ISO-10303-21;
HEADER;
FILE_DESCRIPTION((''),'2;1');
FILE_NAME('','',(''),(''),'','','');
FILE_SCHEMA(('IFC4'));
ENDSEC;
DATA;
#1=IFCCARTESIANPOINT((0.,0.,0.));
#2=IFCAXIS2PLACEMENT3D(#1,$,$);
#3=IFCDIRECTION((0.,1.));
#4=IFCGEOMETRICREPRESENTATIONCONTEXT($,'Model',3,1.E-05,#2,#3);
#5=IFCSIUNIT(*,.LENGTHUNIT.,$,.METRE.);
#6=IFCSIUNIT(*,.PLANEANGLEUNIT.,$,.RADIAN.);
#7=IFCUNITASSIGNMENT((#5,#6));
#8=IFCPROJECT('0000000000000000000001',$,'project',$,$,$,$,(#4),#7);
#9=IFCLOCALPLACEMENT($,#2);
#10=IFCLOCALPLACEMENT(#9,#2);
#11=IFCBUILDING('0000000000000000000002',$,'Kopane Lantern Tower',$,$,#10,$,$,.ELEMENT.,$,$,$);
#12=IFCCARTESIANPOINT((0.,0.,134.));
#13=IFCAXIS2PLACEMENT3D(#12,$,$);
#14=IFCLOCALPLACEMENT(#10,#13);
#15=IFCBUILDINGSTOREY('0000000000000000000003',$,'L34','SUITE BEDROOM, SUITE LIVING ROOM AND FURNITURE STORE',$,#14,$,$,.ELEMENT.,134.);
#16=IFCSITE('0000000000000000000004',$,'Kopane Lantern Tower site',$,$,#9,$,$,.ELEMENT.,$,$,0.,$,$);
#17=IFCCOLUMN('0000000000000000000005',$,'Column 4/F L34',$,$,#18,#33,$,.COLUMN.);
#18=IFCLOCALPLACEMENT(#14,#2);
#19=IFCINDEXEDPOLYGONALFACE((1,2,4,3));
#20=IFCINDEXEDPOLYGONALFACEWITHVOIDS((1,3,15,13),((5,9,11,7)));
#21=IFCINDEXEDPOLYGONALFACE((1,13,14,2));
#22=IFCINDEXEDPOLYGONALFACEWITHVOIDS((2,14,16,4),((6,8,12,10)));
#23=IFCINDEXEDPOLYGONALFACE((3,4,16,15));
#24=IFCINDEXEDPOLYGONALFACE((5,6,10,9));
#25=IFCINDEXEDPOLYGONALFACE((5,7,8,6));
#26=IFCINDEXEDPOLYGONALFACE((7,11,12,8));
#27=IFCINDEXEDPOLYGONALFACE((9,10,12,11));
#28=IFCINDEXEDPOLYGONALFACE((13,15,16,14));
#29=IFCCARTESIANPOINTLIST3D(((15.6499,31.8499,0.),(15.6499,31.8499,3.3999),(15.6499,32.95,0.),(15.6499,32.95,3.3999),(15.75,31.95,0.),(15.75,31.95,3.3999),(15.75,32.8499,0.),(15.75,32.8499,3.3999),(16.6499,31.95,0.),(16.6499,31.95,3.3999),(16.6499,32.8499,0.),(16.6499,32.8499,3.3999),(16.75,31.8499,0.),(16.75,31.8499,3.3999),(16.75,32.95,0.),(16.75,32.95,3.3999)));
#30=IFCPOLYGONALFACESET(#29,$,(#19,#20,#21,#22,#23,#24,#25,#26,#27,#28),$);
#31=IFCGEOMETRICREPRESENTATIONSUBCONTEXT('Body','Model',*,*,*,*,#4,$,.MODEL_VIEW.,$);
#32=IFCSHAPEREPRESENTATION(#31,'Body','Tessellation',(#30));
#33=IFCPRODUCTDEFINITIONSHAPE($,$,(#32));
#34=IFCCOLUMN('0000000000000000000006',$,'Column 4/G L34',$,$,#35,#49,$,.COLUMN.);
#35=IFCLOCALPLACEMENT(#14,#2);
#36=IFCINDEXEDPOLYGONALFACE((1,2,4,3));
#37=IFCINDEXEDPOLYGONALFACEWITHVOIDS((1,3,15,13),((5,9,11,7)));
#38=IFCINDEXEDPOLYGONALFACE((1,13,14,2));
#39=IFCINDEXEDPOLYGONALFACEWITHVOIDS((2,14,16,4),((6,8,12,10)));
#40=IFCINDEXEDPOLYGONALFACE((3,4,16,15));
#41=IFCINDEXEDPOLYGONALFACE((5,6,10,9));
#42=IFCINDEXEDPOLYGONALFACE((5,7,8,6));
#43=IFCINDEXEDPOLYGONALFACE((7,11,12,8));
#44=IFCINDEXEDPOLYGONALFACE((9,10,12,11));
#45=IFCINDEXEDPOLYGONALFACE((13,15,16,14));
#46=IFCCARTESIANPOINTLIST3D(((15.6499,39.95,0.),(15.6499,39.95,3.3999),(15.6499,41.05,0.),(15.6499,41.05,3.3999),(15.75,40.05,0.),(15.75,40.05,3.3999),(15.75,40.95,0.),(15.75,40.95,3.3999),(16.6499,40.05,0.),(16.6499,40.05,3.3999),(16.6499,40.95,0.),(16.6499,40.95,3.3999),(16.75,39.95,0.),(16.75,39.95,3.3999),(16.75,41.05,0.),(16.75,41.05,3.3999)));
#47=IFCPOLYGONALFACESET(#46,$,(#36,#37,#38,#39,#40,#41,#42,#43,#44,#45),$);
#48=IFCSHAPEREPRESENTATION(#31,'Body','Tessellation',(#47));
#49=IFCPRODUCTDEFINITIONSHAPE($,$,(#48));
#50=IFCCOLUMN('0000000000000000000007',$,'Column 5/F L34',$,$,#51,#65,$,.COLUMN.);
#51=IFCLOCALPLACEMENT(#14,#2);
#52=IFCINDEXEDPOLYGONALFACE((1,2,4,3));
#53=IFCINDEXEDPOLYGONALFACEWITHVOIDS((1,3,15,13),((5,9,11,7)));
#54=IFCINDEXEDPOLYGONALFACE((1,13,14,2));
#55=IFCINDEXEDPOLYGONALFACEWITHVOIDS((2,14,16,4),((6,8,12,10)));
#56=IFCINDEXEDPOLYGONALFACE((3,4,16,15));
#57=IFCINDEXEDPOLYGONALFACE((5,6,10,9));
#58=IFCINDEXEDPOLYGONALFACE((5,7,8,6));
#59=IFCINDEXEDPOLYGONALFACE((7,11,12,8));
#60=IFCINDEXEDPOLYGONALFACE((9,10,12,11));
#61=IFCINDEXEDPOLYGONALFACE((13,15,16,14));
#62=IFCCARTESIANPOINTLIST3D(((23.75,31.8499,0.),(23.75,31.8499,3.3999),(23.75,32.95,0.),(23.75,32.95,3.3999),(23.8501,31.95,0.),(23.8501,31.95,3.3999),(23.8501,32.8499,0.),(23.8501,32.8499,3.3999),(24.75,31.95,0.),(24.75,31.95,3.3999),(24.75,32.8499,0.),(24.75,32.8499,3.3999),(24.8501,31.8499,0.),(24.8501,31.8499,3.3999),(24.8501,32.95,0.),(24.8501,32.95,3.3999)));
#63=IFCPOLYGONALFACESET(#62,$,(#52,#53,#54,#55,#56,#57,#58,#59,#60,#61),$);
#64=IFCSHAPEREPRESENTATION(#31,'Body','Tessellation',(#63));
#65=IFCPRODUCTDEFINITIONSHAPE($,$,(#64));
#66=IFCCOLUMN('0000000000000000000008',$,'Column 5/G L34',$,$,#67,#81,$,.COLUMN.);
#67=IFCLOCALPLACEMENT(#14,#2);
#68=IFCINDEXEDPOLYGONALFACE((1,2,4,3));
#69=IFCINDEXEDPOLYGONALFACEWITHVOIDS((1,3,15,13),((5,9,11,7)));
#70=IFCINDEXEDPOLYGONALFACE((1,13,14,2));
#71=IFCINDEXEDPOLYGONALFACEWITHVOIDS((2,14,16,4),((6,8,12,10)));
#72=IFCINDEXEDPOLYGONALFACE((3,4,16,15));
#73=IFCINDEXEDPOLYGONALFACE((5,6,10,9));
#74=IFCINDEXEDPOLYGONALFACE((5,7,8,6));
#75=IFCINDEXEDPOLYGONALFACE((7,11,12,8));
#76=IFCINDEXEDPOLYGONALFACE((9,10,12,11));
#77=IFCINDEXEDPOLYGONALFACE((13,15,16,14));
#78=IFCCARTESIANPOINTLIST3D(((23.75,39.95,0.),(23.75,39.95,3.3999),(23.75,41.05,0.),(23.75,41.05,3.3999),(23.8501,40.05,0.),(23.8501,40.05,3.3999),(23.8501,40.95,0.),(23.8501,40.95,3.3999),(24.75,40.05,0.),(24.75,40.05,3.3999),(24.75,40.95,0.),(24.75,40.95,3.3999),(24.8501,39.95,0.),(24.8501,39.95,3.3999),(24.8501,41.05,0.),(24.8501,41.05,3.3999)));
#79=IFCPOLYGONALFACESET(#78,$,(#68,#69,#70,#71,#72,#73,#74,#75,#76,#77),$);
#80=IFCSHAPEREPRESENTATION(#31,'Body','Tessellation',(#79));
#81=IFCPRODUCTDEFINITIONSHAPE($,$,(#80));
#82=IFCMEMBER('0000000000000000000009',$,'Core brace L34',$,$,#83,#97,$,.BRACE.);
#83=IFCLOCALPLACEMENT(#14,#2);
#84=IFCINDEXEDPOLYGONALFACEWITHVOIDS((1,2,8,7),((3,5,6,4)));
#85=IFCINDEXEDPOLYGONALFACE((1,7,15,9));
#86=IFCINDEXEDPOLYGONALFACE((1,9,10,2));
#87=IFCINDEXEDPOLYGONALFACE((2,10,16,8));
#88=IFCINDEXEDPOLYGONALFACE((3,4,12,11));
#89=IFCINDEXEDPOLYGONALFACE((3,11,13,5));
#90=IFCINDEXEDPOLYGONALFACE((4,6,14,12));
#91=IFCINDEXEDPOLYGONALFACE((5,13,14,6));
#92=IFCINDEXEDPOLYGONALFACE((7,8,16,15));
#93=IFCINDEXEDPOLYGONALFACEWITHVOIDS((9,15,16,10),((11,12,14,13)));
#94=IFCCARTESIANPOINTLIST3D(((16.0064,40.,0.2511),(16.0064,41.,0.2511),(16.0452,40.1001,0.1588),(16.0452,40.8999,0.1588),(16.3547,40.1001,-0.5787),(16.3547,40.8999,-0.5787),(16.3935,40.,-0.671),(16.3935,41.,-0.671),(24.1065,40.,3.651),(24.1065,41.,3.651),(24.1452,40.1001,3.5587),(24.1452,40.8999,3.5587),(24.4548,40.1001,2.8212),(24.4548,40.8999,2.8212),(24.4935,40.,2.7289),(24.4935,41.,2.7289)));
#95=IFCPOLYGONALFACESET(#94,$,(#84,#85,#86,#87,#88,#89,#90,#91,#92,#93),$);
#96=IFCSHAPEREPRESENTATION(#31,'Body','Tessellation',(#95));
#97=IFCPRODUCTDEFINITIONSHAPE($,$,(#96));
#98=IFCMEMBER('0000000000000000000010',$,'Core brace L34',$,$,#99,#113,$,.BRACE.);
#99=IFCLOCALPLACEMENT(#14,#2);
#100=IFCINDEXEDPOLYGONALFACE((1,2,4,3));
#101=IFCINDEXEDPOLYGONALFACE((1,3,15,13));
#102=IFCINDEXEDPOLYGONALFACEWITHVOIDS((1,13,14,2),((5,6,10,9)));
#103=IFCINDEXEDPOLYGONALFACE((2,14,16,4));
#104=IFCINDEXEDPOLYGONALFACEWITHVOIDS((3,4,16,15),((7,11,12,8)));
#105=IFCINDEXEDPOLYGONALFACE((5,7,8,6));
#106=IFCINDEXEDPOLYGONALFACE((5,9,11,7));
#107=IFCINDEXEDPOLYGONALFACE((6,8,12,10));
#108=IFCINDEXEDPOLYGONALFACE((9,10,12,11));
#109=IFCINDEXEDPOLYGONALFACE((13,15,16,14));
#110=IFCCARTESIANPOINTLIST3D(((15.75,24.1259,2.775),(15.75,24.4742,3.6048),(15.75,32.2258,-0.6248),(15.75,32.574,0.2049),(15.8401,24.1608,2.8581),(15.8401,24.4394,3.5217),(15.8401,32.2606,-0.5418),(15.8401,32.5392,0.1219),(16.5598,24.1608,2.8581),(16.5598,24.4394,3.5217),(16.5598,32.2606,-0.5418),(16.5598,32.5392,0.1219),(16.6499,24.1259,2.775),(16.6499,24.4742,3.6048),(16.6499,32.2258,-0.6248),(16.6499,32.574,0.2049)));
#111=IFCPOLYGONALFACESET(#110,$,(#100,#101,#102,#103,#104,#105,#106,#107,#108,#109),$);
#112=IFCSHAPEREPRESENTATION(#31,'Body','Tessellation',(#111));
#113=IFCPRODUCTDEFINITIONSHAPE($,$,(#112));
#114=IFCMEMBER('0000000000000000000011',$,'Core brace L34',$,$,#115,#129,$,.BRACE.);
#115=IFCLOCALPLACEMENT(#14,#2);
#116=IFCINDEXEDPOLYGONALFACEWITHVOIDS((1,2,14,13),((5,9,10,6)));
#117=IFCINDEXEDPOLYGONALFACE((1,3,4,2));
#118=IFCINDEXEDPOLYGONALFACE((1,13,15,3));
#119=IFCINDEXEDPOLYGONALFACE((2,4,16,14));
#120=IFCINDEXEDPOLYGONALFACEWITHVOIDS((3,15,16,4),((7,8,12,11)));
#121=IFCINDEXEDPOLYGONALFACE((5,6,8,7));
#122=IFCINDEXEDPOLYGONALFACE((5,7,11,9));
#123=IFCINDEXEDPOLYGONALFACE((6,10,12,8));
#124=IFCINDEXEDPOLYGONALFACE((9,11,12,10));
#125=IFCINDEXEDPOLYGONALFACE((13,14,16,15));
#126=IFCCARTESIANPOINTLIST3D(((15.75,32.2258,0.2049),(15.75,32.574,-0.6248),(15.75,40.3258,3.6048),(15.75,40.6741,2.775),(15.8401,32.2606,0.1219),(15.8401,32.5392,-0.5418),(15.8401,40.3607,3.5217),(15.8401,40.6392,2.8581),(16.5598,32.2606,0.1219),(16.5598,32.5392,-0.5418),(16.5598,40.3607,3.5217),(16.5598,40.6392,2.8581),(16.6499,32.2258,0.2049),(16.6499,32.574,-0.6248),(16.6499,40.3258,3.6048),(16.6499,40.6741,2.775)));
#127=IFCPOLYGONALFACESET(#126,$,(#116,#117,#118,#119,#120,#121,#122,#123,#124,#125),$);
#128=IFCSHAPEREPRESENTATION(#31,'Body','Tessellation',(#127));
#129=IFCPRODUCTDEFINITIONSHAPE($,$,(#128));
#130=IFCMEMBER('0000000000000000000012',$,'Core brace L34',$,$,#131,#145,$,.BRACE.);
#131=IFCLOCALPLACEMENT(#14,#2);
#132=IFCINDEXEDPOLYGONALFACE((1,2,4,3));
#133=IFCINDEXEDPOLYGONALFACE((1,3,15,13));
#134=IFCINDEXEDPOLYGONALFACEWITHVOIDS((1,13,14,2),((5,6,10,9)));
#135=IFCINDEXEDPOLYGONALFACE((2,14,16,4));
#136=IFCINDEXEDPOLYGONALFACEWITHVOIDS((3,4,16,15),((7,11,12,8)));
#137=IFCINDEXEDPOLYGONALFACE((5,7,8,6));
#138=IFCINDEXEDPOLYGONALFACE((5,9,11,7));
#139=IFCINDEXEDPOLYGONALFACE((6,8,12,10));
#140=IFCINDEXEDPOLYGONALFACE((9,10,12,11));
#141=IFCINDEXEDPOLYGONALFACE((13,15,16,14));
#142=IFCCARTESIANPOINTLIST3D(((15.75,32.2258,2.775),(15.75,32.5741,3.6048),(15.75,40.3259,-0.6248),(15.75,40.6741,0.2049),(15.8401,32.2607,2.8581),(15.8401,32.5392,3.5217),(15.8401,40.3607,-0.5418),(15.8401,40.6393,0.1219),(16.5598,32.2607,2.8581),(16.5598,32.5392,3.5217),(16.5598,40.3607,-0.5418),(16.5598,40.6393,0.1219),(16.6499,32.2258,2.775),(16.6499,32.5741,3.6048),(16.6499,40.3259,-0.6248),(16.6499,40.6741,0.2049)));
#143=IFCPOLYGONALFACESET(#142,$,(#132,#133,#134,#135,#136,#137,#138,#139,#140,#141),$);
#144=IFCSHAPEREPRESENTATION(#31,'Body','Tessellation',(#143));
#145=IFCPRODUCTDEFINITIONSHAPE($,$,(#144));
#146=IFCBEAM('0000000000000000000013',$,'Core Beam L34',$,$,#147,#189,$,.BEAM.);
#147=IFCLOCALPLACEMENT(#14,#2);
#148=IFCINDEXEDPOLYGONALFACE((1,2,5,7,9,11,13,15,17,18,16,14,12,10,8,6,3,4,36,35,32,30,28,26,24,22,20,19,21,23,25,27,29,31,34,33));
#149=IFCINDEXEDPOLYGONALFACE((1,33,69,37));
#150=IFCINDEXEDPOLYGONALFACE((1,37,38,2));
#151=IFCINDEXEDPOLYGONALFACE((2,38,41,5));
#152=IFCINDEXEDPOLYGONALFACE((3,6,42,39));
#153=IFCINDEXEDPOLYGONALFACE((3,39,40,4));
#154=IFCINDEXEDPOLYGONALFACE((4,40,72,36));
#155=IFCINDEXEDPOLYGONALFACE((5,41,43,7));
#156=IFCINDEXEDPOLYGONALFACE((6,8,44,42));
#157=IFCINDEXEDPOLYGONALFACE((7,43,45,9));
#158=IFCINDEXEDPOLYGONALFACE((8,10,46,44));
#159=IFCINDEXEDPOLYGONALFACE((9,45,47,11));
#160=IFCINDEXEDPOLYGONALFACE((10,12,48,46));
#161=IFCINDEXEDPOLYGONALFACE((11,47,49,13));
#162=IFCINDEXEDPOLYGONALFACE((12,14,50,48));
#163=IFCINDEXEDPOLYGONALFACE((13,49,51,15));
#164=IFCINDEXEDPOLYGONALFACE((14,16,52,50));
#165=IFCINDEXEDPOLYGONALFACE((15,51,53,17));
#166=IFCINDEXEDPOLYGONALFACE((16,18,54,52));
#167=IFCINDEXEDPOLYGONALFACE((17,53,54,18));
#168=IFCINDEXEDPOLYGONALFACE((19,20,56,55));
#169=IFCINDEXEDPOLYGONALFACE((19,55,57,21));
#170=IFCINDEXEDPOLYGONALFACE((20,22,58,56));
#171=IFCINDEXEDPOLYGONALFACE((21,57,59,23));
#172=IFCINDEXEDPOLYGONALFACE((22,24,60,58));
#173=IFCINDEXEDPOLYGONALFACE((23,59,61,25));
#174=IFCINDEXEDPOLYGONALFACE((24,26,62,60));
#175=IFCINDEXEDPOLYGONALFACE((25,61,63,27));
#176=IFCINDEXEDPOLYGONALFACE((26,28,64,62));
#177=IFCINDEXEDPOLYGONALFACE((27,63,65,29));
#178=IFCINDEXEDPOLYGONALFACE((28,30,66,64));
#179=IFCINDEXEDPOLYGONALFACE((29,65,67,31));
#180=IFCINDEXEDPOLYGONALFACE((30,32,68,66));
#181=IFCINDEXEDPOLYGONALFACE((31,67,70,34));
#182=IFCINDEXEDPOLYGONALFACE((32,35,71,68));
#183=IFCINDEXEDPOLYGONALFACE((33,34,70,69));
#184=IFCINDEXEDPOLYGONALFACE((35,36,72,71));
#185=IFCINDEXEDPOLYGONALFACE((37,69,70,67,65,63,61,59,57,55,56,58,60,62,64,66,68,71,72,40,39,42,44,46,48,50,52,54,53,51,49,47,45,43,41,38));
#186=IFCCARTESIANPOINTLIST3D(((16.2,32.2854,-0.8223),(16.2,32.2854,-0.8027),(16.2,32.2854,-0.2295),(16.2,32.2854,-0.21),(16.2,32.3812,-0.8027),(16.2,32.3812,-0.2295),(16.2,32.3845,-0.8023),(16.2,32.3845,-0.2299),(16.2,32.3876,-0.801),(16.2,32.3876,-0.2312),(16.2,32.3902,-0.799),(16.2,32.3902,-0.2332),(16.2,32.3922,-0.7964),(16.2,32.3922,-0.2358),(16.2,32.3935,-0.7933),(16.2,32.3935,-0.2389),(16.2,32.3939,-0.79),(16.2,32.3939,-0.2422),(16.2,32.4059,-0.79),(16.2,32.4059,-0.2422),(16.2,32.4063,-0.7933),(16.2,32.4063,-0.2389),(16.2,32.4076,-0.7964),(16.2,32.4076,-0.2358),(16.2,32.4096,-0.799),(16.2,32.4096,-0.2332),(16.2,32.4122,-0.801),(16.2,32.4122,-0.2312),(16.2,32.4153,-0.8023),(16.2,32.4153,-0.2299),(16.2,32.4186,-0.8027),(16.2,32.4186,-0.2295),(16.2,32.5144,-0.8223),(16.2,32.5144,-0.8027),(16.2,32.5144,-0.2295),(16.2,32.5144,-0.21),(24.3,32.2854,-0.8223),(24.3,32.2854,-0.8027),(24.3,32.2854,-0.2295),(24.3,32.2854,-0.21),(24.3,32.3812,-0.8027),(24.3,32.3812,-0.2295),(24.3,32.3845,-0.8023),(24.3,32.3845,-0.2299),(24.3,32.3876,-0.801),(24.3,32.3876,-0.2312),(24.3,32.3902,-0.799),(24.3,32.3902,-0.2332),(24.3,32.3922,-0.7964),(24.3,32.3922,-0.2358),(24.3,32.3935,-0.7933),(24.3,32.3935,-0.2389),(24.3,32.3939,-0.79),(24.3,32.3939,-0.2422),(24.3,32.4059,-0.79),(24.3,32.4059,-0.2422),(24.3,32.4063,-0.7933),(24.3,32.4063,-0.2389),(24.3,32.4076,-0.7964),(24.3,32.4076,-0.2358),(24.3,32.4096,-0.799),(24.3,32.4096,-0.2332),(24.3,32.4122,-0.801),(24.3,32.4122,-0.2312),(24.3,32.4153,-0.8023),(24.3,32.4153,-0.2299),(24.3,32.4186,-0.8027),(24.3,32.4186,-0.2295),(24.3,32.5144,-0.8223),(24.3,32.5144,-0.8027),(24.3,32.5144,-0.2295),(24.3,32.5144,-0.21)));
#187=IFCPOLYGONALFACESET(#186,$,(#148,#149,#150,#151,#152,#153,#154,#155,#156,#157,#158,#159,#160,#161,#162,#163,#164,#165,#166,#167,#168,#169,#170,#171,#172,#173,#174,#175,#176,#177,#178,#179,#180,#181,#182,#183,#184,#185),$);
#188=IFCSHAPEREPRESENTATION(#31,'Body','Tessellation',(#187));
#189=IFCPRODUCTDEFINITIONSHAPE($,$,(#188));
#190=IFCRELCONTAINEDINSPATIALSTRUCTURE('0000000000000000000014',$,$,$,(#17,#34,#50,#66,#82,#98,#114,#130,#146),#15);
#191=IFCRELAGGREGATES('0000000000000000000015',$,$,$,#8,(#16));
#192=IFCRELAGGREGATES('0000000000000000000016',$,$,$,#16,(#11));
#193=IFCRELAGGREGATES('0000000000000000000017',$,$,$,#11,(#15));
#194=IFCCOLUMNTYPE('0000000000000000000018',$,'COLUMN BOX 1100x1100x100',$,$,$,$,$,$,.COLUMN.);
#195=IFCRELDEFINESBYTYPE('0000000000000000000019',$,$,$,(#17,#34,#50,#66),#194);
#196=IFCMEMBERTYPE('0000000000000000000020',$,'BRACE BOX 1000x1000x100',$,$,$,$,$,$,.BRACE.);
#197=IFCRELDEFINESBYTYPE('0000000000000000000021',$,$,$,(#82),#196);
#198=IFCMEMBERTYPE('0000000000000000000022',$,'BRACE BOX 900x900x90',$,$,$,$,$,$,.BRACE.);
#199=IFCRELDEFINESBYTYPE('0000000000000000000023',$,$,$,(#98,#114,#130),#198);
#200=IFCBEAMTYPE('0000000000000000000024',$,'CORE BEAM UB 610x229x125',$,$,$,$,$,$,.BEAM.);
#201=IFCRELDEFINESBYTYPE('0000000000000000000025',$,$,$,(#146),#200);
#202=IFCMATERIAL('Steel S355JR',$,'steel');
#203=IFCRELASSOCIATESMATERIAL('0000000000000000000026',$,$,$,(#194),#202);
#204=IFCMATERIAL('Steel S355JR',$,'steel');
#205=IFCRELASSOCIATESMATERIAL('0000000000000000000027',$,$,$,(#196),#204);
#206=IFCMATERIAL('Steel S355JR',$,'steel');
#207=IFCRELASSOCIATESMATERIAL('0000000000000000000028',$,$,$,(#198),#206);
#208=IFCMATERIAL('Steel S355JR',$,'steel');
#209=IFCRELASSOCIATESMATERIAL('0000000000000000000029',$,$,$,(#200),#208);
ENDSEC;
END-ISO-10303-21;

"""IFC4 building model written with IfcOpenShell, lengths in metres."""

from ifc_helpers import new_model, si_unit, direction, frame, origin, origin_2d, place, context, subcontext, project, spatial, hollow_rectangle, i_section, extrude, material, material_profile, profile_set, type_object, element, save


model = new_model("IFC4")

# Units and contexts
model_context = context("Model", 3, precision=1e-05, world=origin(), true_north=direction((0.0, 1.0)))
body_context = subcontext(model_context, "Body", "Model", "MODEL_VIEW")
ifc_project = project(units=[si_unit("LENGTHUNIT", "METRE"), si_unit("PLANEANGLEUNIT", "RADIAN")], contexts=[model_context])

# Site, building, storey
site_placement = place(None, origin())
site = spatial("IfcSite", under=ifc_project, at=site_placement, Name="Kopane Lantern Tower site", CompositionType="ELEMENT", RefElevation=0.0)
building_placement = place(site_placement, origin())
building = spatial("IfcBuilding", under=site, at=building_placement, Name="Kopane Lantern Tower", CompositionType="ELEMENT")
storey_placement = place(building_placement, frame((0.0, 0.0, 134.0)))
storey = spatial("IfcBuildingStorey", under=building, at=storey_placement, Name="L34", Description="SUITE BEDROOM, SUITE LIVING ROOM AND FURNITURE STORE", CompositionType="ELEMENT", Elevation=134.0)

# Columns
ifc_material_1 = material(Name="Steel S355JR", Category="steel")
ifc_material_profile_1 = material_profile(ifc_material_1, hollow_rectangle(XDim=1.1001, YDim=1.1001, WallThickness=0.1001, at=origin_2d()), Name="BOX 1100x1100x100")
ifc_profile_set_1 = profile_set([ifc_material_profile_1], Name="Steel S355JR")
column_type = type_object("IfcColumnType", Name="COLUMN BOX 1100x1100x100", PredefinedType="COLUMN", material=ifc_profile_set_1)
for number, where, z_axis, x_axis, name in (
    (1, (16.2, 32.3999, 0.0), (0.0, 0.0, 1.0), (1.0, 0.0, 0.0), "Column 4/F L34"),
    (2, (16.2, 40.5, 0.0), (0.0, 0.0, 1.0), (1.0, 0.0, 0.0), "Column 4/G L34"),
    (3, (24.3, 32.3999, 0.0), (0.0, 0.0, 1.0), (1.0, 0.0, 0.0), "Column 5/F L34"),
    (4, (24.3, 40.5, 0.0), (0.0, 0.0, 1.0), (1.0, 0.0, 0.0), "Column 5/G L34"),
):
    element("IfcColumn", number, at=place(storey_placement, frame(where, z_axis=z_axis, x_axis=x_axis)), inside=storey, type_object=column_type, Name=name, PredefinedType="COLUMN", context=body_context, shape_type="SweptSolid", body=[
        extrude(hollow_rectangle(XDim=1.1001, YDim=1.1001, WallThickness=0.1001, at=origin_2d()), origin(), (0.0, 0.0, 1.0), 3.3999),
    ])

# Members
ifc_material_2 = material(Name="Steel S355JR", Category="steel")
ifc_material_profile_2 = material_profile(ifc_material_2, hollow_rectangle(XDim=1.0, YDim=1.0, WallThickness=0.1001, at=origin_2d()), Name="BOX 1000x1000x100")
ifc_profile_set_2 = profile_set([ifc_material_profile_2], Name="Steel S355JR")
member_type_1 = type_object("IfcMemberType", Name="BRACE BOX 1000x1000x100", PredefinedType="BRACE", material=ifc_profile_set_2)
member_1_placement = place(storey_placement, frame((16.2, 40.5, -0.21), z_axis=(0.922069, 0.0, 0.387026), x_axis=(0.0, 1.0, 0.0)))
element("IfcMember", 5, at=member_1_placement, inside=storey, type_object=member_type_1, Name="Core brace L34", PredefinedType="BRACE", context=body_context, shape_type="SweptSolid", body=[
    extrude(hollow_rectangle(XDim=1.0, YDim=1.0, WallThickness=0.1001, at=origin_2d()), origin(), (0.0, 0.0, 1.0), 8.7847),
])
ifc_material_3 = material(Name="Steel S355JR", Category="steel")
ifc_material_profile_3 = material_profile(ifc_material_3, hollow_rectangle(XDim=0.8999, YDim=0.8999, WallThickness=0.0901, at=origin_2d()), Name="BOX 900x900x90")
ifc_profile_set_3 = profile_set([ifc_material_profile_3], Name="Steel S355JR")
member_type_2 = type_object("IfcMemberType", Name="BRACE BOX 900x900x90", PredefinedType="BRACE", material=ifc_profile_set_3)
member_2_placement = place(storey_placement, frame((16.2, 32.3999, -0.21), z_axis=(0.0, -0.922065, 0.387035), x_axis=(1.0, 0.0, 0.0)))
element("IfcMember", 6, at=member_2_placement, inside=storey, type_object=member_type_2, Name="Core brace L34", PredefinedType="BRACE", context=body_context, shape_type="SweptSolid", body=[
    extrude(hollow_rectangle(XDim=0.8999, YDim=0.8999, WallThickness=0.0901, at=origin_2d()), origin(), (0.0, 0.0, 1.0), 8.7844),
])
for number, where, z_axis, x_axis, name in (
    (7, (16.2, 32.3999, -0.21), (0.0, 0.922069, 0.387026), (-1.0, 0.0, 0.0), "Core brace L34"),
    (8, (16.2, 40.5, -0.21), (0.0, -0.922069, 0.387026), (1.0, 0.0, 0.0), "Core brace L34"),
):
    element("IfcMember", number, at=place(storey_placement, frame(where, z_axis=z_axis, x_axis=x_axis)), inside=storey, type_object=member_type_2, Name=name, PredefinedType="BRACE", context=body_context, shape_type="SweptSolid", body=[
        extrude(hollow_rectangle(XDim=0.8999, YDim=0.8999, WallThickness=0.0901, at=origin_2d()), origin(), (0.0, 0.0, 1.0), 8.7847),
    ])

# Beam
ifc_material_4 = material(Name="Steel S355JR", Category="steel")
ifc_material_profile_4 = material_profile(ifc_material_4, i_section(OverallWidth=0.229, OverallDepth=0.6123, WebThickness=0.012, FlangeThickness=0.0195, FilletRadius=0.0127, at=origin_2d()), Name="UB 610x229x125")
ifc_profile_set_4 = profile_set([ifc_material_profile_4], Name="Steel S355JR")
beam_type_1 = type_object("IfcBeamType", Name="CORE BEAM UB 610x229x125", PredefinedType="BEAM", material=ifc_profile_set_4)
for number, where, z_axis, x_axis, name in (
    (9, (16.2, 32.3999, -0.5161), (1.0, 0.0, 0.0), (0.0, 1.0, 0.0), "Core Beam L34"),
):
    element("IfcBeam", number, at=place(storey_placement, frame(where, z_axis=z_axis, x_axis=x_axis)), inside=storey, type_object=beam_type_1, Name=name, PredefinedType="BEAM", context=body_context, shape_type="SweptSolid", body=[
        extrude(i_section(OverallWidth=0.229, OverallDepth=0.6123, WebThickness=0.012, FlangeThickness=0.0195, FilletRadius=0.0127, at=origin_2d()), origin(), (0.0, 0.0, 1.0), 8.1001),
    ])

save(model, "model.ifc")
